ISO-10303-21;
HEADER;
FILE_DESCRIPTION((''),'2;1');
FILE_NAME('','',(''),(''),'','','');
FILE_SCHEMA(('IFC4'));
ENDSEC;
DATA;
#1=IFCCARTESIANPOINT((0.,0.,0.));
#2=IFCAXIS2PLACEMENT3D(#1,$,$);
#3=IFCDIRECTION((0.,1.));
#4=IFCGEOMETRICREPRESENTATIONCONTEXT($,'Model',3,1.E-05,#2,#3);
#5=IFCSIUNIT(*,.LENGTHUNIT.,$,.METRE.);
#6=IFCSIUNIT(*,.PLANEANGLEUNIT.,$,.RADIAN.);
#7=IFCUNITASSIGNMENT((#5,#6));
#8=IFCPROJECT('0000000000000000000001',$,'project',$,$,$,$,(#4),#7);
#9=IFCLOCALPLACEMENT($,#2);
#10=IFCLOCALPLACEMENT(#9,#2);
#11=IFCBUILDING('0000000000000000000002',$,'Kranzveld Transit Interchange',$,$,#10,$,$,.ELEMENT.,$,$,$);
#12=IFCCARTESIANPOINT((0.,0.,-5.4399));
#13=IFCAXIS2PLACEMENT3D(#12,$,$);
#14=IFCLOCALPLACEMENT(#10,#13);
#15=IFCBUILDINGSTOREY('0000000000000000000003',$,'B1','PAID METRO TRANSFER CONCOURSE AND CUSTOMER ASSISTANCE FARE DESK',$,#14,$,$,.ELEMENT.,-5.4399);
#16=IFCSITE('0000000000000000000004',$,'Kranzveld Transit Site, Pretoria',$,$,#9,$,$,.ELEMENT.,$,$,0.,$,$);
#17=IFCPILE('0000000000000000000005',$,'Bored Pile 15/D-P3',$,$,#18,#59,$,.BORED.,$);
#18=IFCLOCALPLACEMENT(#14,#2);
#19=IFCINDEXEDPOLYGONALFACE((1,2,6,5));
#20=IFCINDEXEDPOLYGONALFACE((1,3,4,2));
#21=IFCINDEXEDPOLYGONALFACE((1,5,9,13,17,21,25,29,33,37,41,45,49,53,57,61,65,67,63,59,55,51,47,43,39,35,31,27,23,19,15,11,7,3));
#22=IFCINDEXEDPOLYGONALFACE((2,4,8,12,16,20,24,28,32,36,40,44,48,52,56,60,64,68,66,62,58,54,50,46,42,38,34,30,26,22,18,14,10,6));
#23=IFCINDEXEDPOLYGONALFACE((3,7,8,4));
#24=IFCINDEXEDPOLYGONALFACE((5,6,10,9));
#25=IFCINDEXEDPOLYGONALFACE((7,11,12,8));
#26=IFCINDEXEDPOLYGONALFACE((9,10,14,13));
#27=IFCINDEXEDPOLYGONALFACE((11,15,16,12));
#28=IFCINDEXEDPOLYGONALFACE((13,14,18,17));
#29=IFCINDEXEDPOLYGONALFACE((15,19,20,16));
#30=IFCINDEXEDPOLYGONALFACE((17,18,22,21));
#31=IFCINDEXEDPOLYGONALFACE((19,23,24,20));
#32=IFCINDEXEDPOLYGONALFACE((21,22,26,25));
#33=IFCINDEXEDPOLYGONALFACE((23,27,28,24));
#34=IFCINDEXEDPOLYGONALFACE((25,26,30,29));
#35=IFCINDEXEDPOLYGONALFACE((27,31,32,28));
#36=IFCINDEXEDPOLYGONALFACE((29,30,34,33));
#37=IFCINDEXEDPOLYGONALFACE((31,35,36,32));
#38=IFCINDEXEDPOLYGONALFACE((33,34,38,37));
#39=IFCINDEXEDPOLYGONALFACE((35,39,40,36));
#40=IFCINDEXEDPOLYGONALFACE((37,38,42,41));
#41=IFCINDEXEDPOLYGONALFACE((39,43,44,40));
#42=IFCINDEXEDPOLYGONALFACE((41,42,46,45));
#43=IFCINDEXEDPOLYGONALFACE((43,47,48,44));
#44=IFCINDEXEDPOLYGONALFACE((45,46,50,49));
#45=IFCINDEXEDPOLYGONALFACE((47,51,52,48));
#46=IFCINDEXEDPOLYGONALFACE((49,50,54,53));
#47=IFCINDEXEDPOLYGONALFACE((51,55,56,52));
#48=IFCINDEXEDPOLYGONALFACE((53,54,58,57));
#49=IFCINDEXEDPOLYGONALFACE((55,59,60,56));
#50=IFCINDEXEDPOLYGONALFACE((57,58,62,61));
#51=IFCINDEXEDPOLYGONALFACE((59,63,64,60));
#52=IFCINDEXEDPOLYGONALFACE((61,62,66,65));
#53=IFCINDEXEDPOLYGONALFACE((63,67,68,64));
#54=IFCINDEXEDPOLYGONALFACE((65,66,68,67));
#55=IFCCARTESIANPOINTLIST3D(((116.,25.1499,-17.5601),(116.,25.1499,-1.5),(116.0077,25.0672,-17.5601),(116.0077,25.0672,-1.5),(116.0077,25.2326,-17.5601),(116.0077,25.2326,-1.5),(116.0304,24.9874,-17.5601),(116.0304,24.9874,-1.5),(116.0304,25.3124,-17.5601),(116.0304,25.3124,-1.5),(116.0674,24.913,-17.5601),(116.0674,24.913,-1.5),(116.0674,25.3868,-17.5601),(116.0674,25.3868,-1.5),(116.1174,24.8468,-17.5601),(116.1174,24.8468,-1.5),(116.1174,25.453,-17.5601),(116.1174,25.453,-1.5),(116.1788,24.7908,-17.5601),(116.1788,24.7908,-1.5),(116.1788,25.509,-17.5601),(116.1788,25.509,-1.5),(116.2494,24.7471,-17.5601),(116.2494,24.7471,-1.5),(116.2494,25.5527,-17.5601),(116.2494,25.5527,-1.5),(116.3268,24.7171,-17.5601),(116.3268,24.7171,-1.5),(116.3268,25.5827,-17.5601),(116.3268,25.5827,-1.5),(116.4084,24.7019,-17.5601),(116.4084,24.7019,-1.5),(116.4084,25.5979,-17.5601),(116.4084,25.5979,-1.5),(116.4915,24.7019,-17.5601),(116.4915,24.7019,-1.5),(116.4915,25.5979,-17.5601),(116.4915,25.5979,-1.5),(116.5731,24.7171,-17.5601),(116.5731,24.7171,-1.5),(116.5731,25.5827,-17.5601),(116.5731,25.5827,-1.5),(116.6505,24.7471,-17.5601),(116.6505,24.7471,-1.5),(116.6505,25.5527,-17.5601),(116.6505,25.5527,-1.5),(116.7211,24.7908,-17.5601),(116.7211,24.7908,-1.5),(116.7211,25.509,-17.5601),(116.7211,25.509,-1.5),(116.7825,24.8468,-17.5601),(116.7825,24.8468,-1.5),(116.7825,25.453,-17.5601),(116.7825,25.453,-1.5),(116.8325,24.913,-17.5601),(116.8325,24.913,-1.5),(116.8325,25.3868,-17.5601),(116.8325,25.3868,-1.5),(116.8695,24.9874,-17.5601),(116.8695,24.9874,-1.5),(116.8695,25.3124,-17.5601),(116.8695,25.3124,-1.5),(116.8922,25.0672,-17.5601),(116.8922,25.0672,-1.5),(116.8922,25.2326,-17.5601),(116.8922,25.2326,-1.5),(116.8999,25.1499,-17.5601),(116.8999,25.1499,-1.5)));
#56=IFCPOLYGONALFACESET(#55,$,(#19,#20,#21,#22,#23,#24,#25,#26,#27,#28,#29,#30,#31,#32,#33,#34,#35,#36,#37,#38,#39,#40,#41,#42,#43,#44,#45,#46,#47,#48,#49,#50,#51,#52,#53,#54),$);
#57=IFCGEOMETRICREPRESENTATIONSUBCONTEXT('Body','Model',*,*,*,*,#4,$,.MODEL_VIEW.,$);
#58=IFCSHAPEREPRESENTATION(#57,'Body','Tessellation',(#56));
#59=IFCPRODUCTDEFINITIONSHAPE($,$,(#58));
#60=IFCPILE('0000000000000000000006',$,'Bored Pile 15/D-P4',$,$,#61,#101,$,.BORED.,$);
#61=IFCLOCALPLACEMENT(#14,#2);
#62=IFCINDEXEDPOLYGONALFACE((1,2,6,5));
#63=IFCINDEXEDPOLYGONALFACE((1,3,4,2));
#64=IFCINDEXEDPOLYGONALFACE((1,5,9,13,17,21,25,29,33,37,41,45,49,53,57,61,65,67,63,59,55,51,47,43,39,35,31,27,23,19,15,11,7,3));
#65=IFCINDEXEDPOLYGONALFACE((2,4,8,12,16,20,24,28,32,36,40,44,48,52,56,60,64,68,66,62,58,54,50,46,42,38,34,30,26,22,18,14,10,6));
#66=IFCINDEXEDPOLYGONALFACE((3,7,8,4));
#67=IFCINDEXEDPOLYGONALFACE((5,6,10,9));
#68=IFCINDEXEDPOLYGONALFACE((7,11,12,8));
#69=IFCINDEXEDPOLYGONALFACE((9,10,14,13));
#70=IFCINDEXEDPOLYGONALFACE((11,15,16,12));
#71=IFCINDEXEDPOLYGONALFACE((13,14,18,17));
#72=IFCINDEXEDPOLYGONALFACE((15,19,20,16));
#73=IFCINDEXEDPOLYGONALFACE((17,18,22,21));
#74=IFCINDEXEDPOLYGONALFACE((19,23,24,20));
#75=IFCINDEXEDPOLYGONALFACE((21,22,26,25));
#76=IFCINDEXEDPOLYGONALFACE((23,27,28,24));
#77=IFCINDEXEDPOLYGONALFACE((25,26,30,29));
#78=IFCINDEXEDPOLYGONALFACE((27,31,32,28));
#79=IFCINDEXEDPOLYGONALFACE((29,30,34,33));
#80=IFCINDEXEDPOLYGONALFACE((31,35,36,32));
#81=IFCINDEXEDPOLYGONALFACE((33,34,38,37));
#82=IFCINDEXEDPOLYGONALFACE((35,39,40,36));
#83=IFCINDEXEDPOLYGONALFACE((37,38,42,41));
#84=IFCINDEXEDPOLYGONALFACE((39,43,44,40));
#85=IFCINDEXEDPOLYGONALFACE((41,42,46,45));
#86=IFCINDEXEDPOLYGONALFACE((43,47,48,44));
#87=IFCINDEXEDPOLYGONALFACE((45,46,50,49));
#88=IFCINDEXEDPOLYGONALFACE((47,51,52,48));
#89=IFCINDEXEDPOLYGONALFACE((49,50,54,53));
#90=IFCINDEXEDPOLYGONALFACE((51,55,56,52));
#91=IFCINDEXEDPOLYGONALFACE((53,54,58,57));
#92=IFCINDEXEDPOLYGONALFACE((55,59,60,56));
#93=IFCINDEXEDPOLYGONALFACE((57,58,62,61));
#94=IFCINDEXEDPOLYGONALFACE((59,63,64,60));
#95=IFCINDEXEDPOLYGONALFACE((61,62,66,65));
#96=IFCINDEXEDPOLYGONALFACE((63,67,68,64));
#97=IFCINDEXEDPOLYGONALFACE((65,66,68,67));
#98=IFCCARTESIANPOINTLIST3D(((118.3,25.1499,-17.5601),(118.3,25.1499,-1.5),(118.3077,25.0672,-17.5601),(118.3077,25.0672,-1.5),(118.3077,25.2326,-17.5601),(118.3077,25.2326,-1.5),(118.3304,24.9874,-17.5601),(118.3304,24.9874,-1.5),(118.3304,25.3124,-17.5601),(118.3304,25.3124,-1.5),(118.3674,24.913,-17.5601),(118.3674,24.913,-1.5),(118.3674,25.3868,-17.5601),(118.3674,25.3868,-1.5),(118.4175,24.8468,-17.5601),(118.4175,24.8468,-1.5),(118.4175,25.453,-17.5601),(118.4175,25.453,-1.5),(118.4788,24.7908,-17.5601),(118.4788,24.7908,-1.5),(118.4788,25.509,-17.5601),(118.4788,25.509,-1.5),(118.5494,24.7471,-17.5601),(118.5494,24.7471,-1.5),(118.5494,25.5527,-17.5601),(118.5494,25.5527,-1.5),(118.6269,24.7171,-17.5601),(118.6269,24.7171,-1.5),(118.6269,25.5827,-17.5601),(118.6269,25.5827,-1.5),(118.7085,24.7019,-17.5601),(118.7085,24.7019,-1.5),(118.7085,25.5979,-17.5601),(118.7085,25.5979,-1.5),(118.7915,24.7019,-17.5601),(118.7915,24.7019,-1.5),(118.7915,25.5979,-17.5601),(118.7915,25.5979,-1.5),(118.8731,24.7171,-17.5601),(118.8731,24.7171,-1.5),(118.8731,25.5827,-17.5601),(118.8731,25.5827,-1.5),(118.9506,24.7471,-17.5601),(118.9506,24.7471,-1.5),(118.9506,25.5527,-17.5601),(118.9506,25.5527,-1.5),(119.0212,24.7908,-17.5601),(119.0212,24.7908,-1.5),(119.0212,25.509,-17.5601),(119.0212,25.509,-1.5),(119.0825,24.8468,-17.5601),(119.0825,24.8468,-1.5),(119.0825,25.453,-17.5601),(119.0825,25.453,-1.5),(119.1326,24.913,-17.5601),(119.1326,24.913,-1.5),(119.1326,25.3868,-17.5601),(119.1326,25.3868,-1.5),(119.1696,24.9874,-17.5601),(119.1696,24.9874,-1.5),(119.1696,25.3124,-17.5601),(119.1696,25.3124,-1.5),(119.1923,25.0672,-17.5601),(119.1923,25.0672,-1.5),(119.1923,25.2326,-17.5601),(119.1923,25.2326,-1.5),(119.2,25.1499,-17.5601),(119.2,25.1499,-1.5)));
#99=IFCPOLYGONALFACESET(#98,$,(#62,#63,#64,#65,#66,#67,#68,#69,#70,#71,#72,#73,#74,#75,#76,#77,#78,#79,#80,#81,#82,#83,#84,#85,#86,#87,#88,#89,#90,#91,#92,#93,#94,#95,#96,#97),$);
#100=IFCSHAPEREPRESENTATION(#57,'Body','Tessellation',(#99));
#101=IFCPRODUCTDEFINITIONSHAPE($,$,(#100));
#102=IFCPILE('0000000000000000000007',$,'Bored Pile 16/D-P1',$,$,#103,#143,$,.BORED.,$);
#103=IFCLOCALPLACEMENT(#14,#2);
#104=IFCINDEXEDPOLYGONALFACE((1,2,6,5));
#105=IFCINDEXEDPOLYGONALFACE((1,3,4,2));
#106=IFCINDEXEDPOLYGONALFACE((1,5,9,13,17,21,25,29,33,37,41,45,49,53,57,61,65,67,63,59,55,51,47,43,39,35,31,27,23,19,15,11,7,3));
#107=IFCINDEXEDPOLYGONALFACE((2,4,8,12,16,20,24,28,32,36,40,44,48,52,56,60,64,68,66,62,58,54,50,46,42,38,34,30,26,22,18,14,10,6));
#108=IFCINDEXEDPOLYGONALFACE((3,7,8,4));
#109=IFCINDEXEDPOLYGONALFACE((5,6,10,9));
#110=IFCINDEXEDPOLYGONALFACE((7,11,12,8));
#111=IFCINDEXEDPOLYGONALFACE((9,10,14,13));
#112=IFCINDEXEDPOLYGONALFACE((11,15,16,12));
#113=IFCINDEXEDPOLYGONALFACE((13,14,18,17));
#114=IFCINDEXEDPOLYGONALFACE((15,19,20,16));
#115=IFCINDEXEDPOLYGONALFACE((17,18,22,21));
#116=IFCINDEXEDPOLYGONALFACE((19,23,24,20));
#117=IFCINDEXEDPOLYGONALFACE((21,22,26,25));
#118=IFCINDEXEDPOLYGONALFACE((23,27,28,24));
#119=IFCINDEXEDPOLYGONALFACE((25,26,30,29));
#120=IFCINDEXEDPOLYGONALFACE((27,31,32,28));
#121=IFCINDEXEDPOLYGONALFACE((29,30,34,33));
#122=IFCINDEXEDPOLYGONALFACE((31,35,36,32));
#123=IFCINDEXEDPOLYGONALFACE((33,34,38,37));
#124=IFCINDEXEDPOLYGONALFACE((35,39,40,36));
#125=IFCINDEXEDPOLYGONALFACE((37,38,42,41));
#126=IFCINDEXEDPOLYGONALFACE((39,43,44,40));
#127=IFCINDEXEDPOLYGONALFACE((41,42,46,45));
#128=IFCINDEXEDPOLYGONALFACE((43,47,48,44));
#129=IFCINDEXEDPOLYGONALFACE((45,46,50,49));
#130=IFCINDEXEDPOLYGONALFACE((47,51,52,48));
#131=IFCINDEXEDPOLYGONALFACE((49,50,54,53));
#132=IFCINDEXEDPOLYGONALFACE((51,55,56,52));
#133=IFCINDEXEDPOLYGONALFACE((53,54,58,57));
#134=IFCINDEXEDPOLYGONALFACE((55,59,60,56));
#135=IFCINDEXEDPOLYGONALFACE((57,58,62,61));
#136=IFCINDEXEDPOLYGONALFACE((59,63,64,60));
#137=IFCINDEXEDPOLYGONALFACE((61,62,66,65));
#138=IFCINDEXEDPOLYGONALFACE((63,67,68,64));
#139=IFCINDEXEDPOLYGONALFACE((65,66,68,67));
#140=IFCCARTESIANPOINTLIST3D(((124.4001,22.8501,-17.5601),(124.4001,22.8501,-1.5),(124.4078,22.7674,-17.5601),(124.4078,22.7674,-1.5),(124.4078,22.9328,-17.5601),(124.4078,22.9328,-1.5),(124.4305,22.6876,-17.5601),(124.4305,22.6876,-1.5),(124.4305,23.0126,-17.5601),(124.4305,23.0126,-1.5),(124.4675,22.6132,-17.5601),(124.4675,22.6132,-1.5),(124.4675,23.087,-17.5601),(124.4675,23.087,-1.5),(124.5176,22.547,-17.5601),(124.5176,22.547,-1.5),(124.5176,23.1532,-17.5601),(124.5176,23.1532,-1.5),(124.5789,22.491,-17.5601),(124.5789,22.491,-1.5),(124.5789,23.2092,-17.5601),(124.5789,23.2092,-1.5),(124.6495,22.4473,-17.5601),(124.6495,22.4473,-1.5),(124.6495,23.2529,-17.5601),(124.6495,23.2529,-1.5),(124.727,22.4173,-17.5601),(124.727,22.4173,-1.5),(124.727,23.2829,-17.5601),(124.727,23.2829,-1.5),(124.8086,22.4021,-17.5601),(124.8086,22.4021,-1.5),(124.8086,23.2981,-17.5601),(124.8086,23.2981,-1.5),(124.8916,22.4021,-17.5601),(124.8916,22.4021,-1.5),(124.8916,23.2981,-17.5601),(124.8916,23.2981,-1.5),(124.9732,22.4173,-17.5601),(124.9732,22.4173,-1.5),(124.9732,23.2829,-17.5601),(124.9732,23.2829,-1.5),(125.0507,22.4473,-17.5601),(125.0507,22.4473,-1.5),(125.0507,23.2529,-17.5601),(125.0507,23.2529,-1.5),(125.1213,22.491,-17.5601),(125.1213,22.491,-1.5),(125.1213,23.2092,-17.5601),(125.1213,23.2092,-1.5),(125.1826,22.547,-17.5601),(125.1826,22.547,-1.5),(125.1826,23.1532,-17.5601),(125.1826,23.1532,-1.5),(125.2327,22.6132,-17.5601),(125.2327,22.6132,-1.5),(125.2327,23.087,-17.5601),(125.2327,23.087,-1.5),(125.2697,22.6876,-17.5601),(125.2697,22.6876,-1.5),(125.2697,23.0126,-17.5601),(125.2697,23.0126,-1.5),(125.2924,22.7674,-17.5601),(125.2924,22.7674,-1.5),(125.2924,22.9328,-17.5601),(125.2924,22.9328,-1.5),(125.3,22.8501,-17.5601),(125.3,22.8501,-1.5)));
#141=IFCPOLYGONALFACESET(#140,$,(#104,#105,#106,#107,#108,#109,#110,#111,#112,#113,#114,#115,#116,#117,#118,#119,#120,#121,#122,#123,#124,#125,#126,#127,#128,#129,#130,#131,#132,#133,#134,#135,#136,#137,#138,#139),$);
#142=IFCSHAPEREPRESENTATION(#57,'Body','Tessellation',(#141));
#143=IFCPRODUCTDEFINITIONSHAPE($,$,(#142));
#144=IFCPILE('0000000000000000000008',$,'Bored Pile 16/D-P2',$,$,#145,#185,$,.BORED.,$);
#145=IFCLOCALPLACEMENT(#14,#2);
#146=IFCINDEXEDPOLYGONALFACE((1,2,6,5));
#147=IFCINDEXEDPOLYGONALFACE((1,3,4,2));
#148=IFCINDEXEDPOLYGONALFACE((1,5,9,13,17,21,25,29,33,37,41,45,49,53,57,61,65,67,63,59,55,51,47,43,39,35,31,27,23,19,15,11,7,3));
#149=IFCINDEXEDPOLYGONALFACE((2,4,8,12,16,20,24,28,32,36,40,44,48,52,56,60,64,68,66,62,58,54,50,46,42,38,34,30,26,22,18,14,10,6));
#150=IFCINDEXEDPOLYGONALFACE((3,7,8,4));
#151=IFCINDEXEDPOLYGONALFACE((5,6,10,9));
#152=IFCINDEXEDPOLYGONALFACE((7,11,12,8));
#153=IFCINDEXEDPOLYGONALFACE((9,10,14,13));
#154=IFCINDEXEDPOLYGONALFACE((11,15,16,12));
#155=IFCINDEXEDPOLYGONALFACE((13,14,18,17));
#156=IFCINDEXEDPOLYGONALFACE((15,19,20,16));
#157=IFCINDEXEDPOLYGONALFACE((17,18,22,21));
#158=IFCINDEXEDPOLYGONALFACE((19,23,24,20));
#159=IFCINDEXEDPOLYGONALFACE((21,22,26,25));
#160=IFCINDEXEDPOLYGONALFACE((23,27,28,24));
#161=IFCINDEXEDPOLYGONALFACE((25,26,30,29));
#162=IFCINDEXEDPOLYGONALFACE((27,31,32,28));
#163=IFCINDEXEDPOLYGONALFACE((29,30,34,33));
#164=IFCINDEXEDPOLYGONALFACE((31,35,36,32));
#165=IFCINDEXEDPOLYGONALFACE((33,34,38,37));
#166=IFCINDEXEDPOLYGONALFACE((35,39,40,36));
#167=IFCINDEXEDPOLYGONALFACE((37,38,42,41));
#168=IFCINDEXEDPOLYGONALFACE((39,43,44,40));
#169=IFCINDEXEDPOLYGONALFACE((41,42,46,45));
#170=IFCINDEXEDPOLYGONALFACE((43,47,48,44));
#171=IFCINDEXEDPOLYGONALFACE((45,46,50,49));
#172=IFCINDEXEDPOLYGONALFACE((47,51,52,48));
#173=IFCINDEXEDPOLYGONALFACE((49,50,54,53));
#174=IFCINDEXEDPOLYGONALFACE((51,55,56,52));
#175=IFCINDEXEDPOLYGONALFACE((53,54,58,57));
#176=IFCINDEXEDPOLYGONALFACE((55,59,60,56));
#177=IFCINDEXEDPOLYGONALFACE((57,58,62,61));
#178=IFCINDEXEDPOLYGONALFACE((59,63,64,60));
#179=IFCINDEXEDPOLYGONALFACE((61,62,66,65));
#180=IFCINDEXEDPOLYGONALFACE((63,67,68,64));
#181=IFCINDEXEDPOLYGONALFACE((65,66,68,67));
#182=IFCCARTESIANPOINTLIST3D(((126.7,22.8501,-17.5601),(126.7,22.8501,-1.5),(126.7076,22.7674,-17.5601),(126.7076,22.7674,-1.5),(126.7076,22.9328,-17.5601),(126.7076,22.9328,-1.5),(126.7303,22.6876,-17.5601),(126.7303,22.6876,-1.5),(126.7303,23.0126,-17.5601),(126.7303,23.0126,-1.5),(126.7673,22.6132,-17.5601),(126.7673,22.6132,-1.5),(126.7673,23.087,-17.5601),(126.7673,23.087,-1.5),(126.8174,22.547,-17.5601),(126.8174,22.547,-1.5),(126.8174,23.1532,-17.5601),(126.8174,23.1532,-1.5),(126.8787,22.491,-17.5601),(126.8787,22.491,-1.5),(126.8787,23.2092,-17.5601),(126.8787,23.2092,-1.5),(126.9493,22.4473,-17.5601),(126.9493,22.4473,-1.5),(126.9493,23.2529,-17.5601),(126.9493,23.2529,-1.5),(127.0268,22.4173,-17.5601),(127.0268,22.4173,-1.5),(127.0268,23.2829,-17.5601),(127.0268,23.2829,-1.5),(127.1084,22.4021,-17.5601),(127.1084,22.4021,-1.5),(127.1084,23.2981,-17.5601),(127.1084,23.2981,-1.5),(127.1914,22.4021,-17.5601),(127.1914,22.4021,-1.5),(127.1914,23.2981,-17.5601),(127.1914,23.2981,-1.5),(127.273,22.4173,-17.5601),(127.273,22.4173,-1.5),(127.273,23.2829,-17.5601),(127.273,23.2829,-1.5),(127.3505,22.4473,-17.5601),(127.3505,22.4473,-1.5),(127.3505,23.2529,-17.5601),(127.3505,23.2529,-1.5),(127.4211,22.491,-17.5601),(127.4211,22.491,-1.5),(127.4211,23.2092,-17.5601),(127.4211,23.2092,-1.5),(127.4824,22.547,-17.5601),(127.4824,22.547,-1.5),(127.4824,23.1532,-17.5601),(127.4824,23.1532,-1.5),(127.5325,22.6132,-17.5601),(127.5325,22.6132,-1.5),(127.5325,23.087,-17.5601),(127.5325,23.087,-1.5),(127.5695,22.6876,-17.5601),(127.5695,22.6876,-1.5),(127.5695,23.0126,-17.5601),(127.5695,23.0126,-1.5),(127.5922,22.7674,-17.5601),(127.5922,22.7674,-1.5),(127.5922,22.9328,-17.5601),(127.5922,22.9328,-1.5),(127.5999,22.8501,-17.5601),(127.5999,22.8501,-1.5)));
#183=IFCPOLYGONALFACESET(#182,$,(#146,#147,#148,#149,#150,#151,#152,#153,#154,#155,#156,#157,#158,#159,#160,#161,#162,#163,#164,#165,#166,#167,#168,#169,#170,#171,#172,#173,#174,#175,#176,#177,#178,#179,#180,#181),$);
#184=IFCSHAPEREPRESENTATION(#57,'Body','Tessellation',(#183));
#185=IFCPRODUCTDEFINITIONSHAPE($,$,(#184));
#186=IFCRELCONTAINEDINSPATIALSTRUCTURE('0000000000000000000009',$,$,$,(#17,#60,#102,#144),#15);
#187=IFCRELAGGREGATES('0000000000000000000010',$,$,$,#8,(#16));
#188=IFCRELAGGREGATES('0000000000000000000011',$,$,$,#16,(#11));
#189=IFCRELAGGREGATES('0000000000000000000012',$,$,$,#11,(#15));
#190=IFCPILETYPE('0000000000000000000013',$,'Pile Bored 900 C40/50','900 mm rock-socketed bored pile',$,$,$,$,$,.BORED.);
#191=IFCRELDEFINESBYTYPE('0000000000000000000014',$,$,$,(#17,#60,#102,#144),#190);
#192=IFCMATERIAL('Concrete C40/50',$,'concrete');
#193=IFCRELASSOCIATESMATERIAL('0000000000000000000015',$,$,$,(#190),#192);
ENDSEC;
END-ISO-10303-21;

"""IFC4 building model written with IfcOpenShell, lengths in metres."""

from ifc_helpers import new_model, si_unit, direction, frame, origin, origin_2d, place, context, subcontext, project, spatial, circle, extrude, material, material_profile, profile_set, type_object, element, save


model = new_model("IFC4")

# Units and contexts
model_context = context("Model", 3, precision=1e-05, world=origin(), true_north=direction((0.0, 1.0)))
body_context = subcontext(model_context, "Body", "Model", "MODEL_VIEW")
ifc_project = project(units=[si_unit("LENGTHUNIT", "METRE"), si_unit("PLANEANGLEUNIT", "RADIAN")], contexts=[model_context])

# Site, building, storey
site_placement = place(None, origin())
site = spatial("IfcSite", under=ifc_project, at=site_placement, Name="Kranzveld Transit Site, Pretoria", CompositionType="ELEMENT", RefElevation=0.0)
building_placement = place(site_placement, origin())
building = spatial("IfcBuilding", under=site, at=building_placement, Name="Kranzveld Transit Interchange", CompositionType="ELEMENT")
storey_placement = place(building_placement, frame((0.0, 0.0, -5.4399)))
storey = spatial("IfcBuildingStorey", under=building, at=storey_placement, Name="B1", Description="PAID METRO TRANSFER CONCOURSE AND CUSTOMER ASSISTANCE FARE DESK", CompositionType="ELEMENT", Elevation=-5.4399)

# Piles
ifc_material_1 = material(Name="Concrete C40/50", Category="concrete")
ifc_material_profile_1 = material_profile(ifc_material_1, circle(Radius=0.45, at=origin_2d()), Name="BORED PILE 900")
ifc_profile_set_1 = profile_set([ifc_material_profile_1], Name="Concrete C40/50")
pile_type = type_object("IfcPileType", Name="Pile Bored 900 C40/50", Description="900 mm rock-socketed bored pile", PredefinedType="BORED", material=ifc_profile_set_1)
for number, where, z_axis, x_axis, name in (
    (1, (116.45, 25.1499, -1.5), (0.0, 0.0, -1.0), (1.0, 0.0, 0.0), "Bored Pile 15/D-P3"),
    (2, (118.75, 25.1499, -1.5), (0.0, 0.0, -1.0), (1.0, 0.0, 0.0), "Bored Pile 15/D-P4"),
    (3, (124.8501, 22.8501, -1.5), (0.0, 0.0, -1.0), (1.0, 0.0, 0.0), "Bored Pile 16/D-P1"),
    (4, (127.1499, 22.8501, -1.5), (0.0, 0.0, -1.0), (1.0, 0.0, 0.0), "Bored Pile 16/D-P2"),
):
    element("IfcPile", number, at=place(storey_placement, frame(where, z_axis=z_axis, x_axis=x_axis)), inside=storey, type_object=pile_type, Name=name, PredefinedType="BORED", context=body_context, shape_type="SweptSolid", body=[
        extrude(circle(Radius=0.45, at=origin_2d()), origin(), (0.0, 0.0, 1.0), 16.0601),
    ])

save(model, "model.ifc")
